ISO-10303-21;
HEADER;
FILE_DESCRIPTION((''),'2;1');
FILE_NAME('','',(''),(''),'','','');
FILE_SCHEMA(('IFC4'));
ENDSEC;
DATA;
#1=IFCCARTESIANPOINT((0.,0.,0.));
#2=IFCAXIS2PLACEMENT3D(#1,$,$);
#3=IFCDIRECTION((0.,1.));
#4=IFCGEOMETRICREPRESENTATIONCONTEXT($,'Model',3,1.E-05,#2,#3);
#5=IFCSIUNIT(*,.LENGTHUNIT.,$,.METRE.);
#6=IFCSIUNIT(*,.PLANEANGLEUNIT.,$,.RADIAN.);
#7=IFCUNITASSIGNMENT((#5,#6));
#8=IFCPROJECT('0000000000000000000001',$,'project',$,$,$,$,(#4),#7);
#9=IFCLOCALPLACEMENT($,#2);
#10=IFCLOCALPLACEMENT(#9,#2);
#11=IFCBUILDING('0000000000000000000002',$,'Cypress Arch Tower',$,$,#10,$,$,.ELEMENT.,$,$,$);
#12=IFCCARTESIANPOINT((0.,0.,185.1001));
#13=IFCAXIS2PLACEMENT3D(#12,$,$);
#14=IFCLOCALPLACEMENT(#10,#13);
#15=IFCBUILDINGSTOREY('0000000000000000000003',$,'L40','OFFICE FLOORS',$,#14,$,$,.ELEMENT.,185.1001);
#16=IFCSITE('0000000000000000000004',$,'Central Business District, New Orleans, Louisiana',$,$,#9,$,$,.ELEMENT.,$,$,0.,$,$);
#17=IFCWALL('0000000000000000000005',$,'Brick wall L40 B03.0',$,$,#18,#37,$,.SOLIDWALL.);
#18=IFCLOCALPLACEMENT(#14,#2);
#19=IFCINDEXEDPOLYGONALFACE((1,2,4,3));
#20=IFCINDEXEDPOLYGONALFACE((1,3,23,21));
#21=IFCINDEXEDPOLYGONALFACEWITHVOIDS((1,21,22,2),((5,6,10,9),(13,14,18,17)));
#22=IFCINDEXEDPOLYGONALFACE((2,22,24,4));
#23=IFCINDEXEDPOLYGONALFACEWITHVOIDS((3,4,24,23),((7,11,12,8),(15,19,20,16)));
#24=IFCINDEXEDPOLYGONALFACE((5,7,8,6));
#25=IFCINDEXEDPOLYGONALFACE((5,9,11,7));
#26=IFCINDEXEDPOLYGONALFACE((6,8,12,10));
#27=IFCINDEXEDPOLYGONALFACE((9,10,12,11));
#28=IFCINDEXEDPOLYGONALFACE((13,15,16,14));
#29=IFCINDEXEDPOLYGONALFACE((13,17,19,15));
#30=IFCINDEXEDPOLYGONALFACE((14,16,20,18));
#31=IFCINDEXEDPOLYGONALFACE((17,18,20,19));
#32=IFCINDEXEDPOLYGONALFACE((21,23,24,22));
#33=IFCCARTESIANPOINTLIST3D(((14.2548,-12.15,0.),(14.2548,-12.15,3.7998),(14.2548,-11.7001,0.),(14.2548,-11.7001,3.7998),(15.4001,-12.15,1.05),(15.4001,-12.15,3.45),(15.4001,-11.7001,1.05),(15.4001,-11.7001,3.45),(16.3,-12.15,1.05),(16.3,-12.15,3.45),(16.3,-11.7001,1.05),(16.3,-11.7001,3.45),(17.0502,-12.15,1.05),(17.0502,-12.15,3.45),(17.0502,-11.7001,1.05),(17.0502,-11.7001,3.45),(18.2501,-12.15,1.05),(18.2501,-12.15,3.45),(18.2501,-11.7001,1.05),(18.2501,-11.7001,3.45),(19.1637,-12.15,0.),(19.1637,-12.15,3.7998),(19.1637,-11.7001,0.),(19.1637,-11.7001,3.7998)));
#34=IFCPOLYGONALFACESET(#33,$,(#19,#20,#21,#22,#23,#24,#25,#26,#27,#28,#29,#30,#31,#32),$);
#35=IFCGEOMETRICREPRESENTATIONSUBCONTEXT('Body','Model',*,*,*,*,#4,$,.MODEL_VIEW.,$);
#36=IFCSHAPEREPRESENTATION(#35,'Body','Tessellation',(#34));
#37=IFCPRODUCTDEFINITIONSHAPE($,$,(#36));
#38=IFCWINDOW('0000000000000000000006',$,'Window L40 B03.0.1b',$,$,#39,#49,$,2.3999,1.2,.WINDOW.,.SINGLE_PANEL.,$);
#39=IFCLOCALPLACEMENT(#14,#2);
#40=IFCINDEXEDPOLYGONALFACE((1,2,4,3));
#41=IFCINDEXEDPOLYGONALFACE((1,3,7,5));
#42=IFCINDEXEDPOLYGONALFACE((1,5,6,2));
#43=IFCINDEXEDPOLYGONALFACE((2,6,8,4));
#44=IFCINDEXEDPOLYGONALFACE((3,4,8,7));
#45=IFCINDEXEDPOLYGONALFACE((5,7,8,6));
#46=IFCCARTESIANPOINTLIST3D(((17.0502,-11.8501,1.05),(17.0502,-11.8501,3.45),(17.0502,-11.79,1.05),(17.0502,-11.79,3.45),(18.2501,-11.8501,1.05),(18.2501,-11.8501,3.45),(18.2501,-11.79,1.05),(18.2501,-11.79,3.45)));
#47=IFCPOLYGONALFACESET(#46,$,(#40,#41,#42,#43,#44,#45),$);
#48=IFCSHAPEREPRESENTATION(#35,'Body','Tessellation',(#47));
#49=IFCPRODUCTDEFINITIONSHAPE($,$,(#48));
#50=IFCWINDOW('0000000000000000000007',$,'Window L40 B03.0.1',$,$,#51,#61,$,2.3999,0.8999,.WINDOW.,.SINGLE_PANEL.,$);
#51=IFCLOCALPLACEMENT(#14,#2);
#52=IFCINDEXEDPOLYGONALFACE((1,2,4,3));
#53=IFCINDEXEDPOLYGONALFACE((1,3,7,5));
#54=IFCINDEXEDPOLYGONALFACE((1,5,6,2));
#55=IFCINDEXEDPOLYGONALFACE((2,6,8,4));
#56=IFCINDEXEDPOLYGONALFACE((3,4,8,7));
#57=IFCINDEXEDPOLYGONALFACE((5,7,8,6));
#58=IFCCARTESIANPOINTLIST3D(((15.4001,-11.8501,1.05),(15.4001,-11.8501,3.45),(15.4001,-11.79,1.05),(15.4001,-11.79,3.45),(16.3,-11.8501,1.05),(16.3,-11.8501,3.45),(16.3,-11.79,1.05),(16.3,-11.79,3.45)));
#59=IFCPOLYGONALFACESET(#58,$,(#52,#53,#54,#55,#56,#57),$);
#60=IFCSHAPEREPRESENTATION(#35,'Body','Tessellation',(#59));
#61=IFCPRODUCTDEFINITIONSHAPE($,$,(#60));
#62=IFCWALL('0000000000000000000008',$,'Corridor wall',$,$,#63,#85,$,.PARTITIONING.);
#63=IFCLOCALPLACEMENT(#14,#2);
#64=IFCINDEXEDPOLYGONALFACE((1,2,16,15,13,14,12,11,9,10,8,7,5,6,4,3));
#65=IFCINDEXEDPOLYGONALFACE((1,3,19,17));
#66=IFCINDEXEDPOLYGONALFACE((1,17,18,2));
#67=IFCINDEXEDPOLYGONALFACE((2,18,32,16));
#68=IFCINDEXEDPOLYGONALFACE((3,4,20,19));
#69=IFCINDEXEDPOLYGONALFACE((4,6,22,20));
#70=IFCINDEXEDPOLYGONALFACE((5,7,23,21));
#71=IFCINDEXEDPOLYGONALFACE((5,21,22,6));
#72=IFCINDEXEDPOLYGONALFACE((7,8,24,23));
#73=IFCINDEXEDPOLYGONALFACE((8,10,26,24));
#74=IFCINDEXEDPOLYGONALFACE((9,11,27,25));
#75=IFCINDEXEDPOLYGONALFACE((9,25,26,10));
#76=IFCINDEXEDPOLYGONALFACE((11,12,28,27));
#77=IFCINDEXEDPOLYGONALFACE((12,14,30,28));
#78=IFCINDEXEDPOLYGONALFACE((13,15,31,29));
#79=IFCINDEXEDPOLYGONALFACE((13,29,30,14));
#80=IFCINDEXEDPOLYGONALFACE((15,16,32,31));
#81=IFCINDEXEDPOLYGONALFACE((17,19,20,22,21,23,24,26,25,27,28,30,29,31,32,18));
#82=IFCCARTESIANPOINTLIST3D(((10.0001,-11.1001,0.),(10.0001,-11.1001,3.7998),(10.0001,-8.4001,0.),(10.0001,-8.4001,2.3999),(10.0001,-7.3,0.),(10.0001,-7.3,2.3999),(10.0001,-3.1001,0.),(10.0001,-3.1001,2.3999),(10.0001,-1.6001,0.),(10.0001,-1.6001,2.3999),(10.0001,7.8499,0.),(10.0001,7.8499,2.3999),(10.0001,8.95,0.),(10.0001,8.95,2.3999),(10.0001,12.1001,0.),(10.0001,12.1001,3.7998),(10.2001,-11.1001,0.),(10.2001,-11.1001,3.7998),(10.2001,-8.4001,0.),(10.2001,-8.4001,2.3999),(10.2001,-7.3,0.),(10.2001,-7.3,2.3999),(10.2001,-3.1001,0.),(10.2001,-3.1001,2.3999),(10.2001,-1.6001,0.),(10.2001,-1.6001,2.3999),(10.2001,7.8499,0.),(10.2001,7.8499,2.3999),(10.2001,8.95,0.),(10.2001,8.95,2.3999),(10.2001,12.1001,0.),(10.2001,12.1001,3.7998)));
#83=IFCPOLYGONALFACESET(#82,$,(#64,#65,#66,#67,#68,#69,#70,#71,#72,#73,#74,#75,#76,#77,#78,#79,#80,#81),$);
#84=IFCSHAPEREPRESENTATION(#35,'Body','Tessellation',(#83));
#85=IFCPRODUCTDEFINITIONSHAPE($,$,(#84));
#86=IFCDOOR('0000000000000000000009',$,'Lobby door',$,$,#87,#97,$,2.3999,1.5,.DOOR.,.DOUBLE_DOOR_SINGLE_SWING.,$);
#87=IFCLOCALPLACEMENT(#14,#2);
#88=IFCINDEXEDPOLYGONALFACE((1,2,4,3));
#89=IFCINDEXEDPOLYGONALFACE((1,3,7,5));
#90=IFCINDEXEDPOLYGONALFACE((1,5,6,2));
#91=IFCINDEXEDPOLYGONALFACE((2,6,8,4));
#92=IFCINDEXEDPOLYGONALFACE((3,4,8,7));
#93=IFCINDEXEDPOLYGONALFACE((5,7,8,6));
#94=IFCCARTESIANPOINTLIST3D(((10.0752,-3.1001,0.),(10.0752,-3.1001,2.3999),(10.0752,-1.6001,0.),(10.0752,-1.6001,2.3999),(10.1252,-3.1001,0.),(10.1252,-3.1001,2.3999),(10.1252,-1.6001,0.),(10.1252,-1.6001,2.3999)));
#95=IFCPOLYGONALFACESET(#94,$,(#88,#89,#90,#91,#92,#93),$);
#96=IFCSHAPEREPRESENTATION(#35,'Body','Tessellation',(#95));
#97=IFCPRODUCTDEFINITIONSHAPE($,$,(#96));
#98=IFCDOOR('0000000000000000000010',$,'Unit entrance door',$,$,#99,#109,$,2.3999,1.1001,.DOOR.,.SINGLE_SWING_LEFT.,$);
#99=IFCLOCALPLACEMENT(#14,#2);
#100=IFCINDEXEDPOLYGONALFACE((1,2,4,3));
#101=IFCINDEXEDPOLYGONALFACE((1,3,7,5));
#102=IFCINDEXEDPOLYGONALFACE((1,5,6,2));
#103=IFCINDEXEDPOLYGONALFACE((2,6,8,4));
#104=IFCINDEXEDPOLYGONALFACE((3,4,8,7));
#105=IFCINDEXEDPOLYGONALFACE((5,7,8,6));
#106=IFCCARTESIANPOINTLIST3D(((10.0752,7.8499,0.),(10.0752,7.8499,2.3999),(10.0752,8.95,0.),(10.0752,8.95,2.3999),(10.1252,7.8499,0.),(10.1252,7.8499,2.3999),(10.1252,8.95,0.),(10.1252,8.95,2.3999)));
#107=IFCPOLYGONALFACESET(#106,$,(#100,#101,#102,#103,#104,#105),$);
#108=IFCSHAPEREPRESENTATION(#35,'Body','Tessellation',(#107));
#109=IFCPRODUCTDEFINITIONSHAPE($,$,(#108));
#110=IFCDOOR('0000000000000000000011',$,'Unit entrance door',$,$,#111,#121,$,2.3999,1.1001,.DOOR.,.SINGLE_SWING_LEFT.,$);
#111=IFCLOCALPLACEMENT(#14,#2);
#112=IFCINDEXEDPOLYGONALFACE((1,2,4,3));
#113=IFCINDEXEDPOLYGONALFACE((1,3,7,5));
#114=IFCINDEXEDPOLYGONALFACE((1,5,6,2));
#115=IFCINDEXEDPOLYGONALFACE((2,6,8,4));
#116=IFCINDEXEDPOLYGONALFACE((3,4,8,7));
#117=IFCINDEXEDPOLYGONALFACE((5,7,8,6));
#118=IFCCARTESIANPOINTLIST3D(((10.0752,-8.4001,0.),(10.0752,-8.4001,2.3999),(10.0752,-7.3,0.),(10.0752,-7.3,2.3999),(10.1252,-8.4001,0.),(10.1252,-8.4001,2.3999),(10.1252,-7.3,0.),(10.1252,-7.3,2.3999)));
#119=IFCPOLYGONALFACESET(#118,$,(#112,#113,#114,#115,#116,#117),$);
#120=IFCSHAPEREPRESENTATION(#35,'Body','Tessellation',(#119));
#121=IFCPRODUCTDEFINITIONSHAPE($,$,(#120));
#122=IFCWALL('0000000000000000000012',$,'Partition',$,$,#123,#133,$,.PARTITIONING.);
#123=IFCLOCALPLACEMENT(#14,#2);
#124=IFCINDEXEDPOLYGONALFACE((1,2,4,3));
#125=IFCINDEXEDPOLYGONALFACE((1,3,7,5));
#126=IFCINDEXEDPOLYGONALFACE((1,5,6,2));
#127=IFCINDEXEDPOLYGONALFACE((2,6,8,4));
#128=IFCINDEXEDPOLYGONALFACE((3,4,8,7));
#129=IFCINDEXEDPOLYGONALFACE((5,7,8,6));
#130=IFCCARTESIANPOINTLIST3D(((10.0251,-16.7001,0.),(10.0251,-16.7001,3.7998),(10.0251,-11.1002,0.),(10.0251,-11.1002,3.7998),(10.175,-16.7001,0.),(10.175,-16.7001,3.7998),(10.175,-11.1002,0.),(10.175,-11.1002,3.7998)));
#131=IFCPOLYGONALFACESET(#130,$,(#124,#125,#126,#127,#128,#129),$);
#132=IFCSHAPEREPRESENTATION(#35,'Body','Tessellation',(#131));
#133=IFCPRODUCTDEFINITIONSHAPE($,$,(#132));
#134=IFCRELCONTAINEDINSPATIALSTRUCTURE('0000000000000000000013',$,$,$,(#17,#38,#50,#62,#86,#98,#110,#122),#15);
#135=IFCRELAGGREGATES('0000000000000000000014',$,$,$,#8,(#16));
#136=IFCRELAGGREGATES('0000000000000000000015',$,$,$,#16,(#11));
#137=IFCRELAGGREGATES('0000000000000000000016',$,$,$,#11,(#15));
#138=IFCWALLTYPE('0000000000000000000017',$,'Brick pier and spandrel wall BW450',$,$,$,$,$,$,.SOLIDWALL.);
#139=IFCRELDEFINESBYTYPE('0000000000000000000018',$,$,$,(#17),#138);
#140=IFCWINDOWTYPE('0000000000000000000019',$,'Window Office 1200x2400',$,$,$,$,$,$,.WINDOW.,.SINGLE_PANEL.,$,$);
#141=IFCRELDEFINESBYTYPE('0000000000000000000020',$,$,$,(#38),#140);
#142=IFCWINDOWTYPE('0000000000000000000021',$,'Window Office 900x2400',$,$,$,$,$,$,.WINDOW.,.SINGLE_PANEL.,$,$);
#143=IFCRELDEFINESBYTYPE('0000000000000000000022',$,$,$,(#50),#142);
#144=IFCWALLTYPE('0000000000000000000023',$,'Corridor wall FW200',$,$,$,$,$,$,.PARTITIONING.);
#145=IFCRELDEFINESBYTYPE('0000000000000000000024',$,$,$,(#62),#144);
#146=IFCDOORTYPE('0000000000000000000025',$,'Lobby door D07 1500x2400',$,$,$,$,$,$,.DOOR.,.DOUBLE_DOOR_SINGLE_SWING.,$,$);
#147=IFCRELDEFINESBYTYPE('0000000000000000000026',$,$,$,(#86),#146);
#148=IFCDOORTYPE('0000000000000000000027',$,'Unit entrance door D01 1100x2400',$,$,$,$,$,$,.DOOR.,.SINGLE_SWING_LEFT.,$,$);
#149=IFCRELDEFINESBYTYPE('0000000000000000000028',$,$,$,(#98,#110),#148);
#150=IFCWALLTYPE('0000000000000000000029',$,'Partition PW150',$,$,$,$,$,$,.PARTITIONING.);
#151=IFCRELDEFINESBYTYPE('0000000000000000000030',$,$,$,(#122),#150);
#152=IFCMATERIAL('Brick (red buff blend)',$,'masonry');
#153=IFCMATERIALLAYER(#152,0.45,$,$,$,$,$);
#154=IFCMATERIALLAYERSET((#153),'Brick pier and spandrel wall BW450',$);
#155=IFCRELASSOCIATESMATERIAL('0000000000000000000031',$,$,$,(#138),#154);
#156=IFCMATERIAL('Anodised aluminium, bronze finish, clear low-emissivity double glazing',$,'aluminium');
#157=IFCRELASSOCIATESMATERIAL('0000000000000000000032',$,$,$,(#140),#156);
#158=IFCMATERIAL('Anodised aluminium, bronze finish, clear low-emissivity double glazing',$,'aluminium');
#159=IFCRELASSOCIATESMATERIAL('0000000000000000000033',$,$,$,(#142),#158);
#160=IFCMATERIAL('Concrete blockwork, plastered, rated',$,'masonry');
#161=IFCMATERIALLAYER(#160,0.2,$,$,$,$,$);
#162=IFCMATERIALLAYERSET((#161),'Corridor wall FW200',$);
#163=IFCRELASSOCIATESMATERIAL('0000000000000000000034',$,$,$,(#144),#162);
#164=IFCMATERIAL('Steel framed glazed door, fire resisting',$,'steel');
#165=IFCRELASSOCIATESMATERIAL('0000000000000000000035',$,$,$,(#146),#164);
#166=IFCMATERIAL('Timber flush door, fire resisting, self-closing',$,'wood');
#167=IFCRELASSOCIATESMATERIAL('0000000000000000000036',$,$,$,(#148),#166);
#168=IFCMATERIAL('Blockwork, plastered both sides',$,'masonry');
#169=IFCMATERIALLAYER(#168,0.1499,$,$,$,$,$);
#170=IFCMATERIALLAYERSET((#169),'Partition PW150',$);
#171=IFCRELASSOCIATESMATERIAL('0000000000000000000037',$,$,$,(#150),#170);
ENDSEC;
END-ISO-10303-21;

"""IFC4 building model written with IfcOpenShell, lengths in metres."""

from ifc_helpers import new_model, si_unit, direction, frame, frame_2d, origin, place, context, subcontext, project, spatial, rectangle, extrude, material, layer, layer_set, type_object, element, fill, save


model = new_model("IFC4")

# Units and contexts
model_context = context("Model", 3, precision=1e-05, world=origin(), true_north=direction((0.0, 1.0)))
body_context = subcontext(model_context, "Body", "Model", "MODEL_VIEW")
ifc_project = project(units=[si_unit("LENGTHUNIT", "METRE"), si_unit("PLANEANGLEUNIT", "RADIAN")], contexts=[model_context])

# Site, building, storey
site_placement = place(None, origin())
site = spatial("IfcSite", under=ifc_project, at=site_placement, Name="Central Business District, New Orleans, Louisiana", CompositionType="ELEMENT", RefElevation=0.0)
building_placement = place(site_placement, origin())
building = spatial("IfcBuilding", under=site, at=building_placement, Name="Cypress Arch Tower", CompositionType="ELEMENT")
storey_placement = place(building_placement, frame((0.0, 0.0, 185.1001)))
storey = spatial("IfcBuildingStorey", under=building, at=storey_placement, Name="L40", Description="OFFICE FLOORS", CompositionType="ELEMENT", Elevation=185.1001)

# Shared definitions
ifc_material_1 = material(Name="Brick (red buff blend)", Category="masonry")
ifc_layer_1 = layer(ifc_material_1, 0.45)
ifc_layer_set_1 = layer_set([ifc_layer_1], Name="Brick pier and spandrel wall BW450")
wall_type_1 = type_object("IfcWallType", Name="Brick pier and spandrel wall BW450", PredefinedType="SOLIDWALL", material=ifc_layer_set_1)

# Wall, openings, windows
wall_1_placement = place(storey_placement, frame((14.2546, -11.925, 0.0), z_axis=(0.0, 0.0, 1.0), x_axis=(1.0, 0.0, 0.0)))
wall_1 = element("IfcWall", 1, at=wall_1_placement, inside=storey, type_object=wall_type_1, Name="Brick wall L40 B03.0", PredefinedType="SOLIDWALL", context=body_context, shape_type="SweptSolid", body=[
    extrude(rectangle(XDim=4.9089, YDim=0.45, at=frame_2d((2.4546, 0.0))), origin(), (0.0, 0.0, 1.0), 3.7998),
])
opening_1_placement = place(wall_1_placement, frame((1.1455, 0.0, 1.05)))
opening_1 = element("IfcOpeningElement", 2, at=opening_1_placement, cuts=wall_1, PredefinedType="OPENING", context=body_context, shape_type="SweptSolid", body=[
    extrude(rectangle(XDim=0.8999, YDim=2.3999, at=frame_2d((0.45, 1.2))), frame((0.0, 0.2349, 0.0), z_axis=(0.0, -1.0, 0.0), x_axis=(1.0, 0.0, 0.0)), (0.0, 0.0, 1.0), 0.47),
])
opening_2_placement = place(wall_1_placement, frame((2.7954, 0.0, 1.05)))
opening_2 = element("IfcOpeningElement", 3, at=opening_2_placement, cuts=wall_1, PredefinedType="OPENING", context=body_context, shape_type="SweptSolid", body=[
    extrude(rectangle(XDim=1.2, YDim=2.3999, at=frame_2d((0.6001, 1.2))), frame((0.0, 0.2349, 0.0), z_axis=(0.0, -1.0, 0.0), x_axis=(1.0, 0.0, 0.0)), (0.0, 0.0, 1.0), 0.47),
])
ifc_material_2 = material(Name="Anodised aluminium, bronze finish, clear low-emissivity double glazing", Category="aluminium")
window_type_1 = type_object("IfcWindowType", Name="Window Office 1200x2400", PartitioningType="SINGLE_PANEL", PredefinedType="WINDOW", material=ifc_material_2)
window_1_placement = place(opening_2_placement, origin())
window_1 = element("IfcWindow", 4, at=window_1_placement, inside=storey, type_object=window_type_1, Name="Window L40 B03.0.1b", OverallHeight=2.3999, OverallWidth=1.2, PartitioningType="SINGLE_PANEL", PredefinedType="WINDOW", context=body_context, shape_type="SweptSolid", body=[
    extrude(rectangle(XDim=1.2, YDim=2.3999, at=frame_2d((0.6001, 1.2))), frame((0.0, 0.135, 0.0), z_axis=(0.0, -1.0, 0.0), x_axis=(1.0, 0.0, 0.0)), (0.0, 0.0, 1.0), 0.0601),
])
fill(opening_2, window_1)
ifc_material_3 = material(Name="Anodised aluminium, bronze finish, clear low-emissivity double glazing", Category="aluminium")
window_type_2 = type_object("IfcWindowType", Name="Window Office 900x2400", PartitioningType="SINGLE_PANEL", PredefinedType="WINDOW", material=ifc_material_3)
window_2_placement = place(opening_1_placement, origin())
window_2 = element("IfcWindow", 5, at=window_2_placement, inside=storey, type_object=window_type_2, Name="Window L40 B03.0.1", OverallHeight=2.3999, OverallWidth=0.8999, PartitioningType="SINGLE_PANEL", PredefinedType="WINDOW", context=body_context, shape_type="SweptSolid", body=[
    extrude(rectangle(XDim=0.8999, YDim=2.3999, at=frame_2d((0.45, 1.2))), frame((0.0, 0.135, 0.0), z_axis=(0.0, -1.0, 0.0), x_axis=(1.0, 0.0, 0.0)), (0.0, 0.0, 1.0), 0.0601),
])
fill(opening_1, window_2)

# Wall, openings, doors
ifc_material_4 = material(Name="Concrete blockwork, plastered, rated", Category="masonry")
ifc_layer_2 = layer(ifc_material_4, 0.2)
ifc_layer_set_2 = layer_set([ifc_layer_2], Name="Corridor wall FW200")
wall_type_2 = type_object("IfcWallType", Name="Corridor wall FW200", PredefinedType="PARTITIONING", material=ifc_layer_set_2)
wall_2_placement = place(storey_placement, frame((10.1001, -11.1001, 0.0), z_axis=(0.0, 0.0, 1.0), x_axis=(0.0, 1.0, 0.0)))
wall_2 = element("IfcWall", 6, at=wall_2_placement, inside=storey, type_object=wall_type_2, Name="Corridor wall", PredefinedType="PARTITIONING", context=body_context, shape_type="SweptSolid", body=[
    extrude(rectangle(XDim=23.2002, YDim=0.2, at=frame_2d((11.6001, 0.0))), origin(), (0.0, 0.0, 1.0), 3.7998),
])
opening_3_placement = place(wall_2_placement, frame((8.0, 0.0, 0.0)))
opening_3 = element("IfcOpeningElement", 7, at=opening_3_placement, cuts=wall_2, PredefinedType="OPENING", context=body_context, shape_type="SweptSolid", body=[
    extrude(rectangle(XDim=1.5, YDim=2.3999, at=frame_2d((0.75, 1.2))), frame((0.0, 0.1099, 0.0), z_axis=(0.0, -1.0, 0.0), x_axis=(1.0, 0.0, 0.0)), (0.0, 0.0, 1.0), 0.22),
])
opening_4_placement = place(wall_2_placement, frame((18.95, 0.0, 0.0)))
opening_4 = element("IfcOpeningElement", 8, at=opening_4_placement, cuts=wall_2, PredefinedType="OPENING", context=body_context, shape_type="SweptSolid", body=[
    extrude(rectangle(XDim=1.1001, YDim=2.3999, at=frame_2d((0.55, 1.2))), frame((0.0, 0.1099, 0.0), z_axis=(0.0, -1.0, 0.0), x_axis=(1.0, 0.0, 0.0)), (0.0, 0.0, 1.0), 0.22),
])
opening_5_placement = place(wall_2_placement, frame((2.7, 0.0, 0.0)))
opening_5 = element("IfcOpeningElement", 9, at=opening_5_placement, cuts=wall_2, PredefinedType="OPENING", context=body_context, shape_type="SweptSolid", body=[
    extrude(rectangle(XDim=1.1001, YDim=2.3999, at=frame_2d((0.55, 1.2))), frame((0.0, 0.1099, 0.0), z_axis=(0.0, -1.0, 0.0), x_axis=(1.0, 0.0, 0.0)), (0.0, 0.0, 1.0), 0.22),
])
ifc_material_5 = material(Name="Steel framed glazed door, fire resisting", Category="steel")
door_type_1 = type_object("IfcDoorType", Name="Lobby door D07 1500x2400", OperationType="DOUBLE_DOOR_SINGLE_SWING", PredefinedType="DOOR", material=ifc_material_5)
door_1_placement = place(opening_3_placement, origin())
door_1 = element("IfcDoor", 10, at=door_1_placement, inside=storey, type_object=door_type_1, Name="Lobby door", OperationType="DOUBLE_DOOR_SINGLE_SWING", OverallHeight=2.3999, OverallWidth=1.5, PredefinedType="DOOR", context=body_context, shape_type="SweptSolid", body=[
    extrude(rectangle(XDim=1.5, YDim=2.3999, at=frame_2d((0.75, 1.2))), frame((0.0, 0.0249, 0.0), z_axis=(0.0, -1.0, 0.0), x_axis=(1.0, 0.0, 0.0)), (0.0, 0.0, 1.0), 0.05),
])
fill(opening_3, door_1)
ifc_material_6 = material(Name="Timber flush door, fire resisting, self-closing", Category="wood")
door_type_2 = type_object("IfcDoorType", Name="Unit entrance door D01 1100x2400", OperationType="SINGLE_SWING_LEFT", PredefinedType="DOOR", material=ifc_material_6)
door_2_placement = place(opening_4_placement, origin())
door_2 = element("IfcDoor", 11, at=door_2_placement, inside=storey, type_object=door_type_2, Name="Unit entrance door", OperationType="SINGLE_SWING_LEFT", OverallHeight=2.3999, OverallWidth=1.1001, PredefinedType="DOOR", context=body_context, shape_type="SweptSolid", body=[
    extrude(rectangle(XDim=1.1001, YDim=2.3999, at=frame_2d((0.55, 1.2))), frame((0.0, 0.0249, 0.0), z_axis=(0.0, -1.0, 0.0), x_axis=(1.0, 0.0, 0.0)), (0.0, 0.0, 1.0), 0.05),
])
fill(opening_4, door_2)
door_3_placement = place(opening_5_placement, origin())
door_3 = element("IfcDoor", 12, at=door_3_placement, inside=storey, type_object=door_type_2, Name="Unit entrance door", OperationType="SINGLE_SWING_LEFT", OverallHeight=2.3999, OverallWidth=1.1001, PredefinedType="DOOR", context=body_context, shape_type="SweptSolid", body=[
    extrude(rectangle(XDim=1.1001, YDim=2.3999, at=frame_2d((0.55, 1.2))), frame((0.0, 0.0249, 0.0), z_axis=(0.0, -1.0, 0.0), x_axis=(1.0, 0.0, 0.0)), (0.0, 0.0, 1.0), 0.05),
])
fill(opening_5, door_3)

# Wall
ifc_material_7 = material(Name="Blockwork, plastered both sides", Category="masonry")
ifc_layer_3 = layer(ifc_material_7, 0.1499)
ifc_layer_set_3 = layer_set([ifc_layer_3], Name="Partition PW150")
wall_type_3 = type_object("IfcWallType", Name="Partition PW150", PredefinedType="PARTITIONING", material=ifc_layer_set_3)
wall_3_placement = place(storey_placement, frame((10.1001, -16.7, 0.0), z_axis=(0.0, 0.0, 1.0), x_axis=(0.0, 1.0, 0.0)))
element("IfcWall", 13, at=wall_3_placement, inside=storey, type_object=wall_type_3, Name="Partition", PredefinedType="PARTITIONING", context=body_context, shape_type="SweptSolid", body=[
    extrude(rectangle(XDim=5.5999, YDim=0.1499, at=frame_2d((2.7998, 0.0))), origin(), (0.0, 0.0, 1.0), 3.7998),
])

save(model, "model.ifc")
